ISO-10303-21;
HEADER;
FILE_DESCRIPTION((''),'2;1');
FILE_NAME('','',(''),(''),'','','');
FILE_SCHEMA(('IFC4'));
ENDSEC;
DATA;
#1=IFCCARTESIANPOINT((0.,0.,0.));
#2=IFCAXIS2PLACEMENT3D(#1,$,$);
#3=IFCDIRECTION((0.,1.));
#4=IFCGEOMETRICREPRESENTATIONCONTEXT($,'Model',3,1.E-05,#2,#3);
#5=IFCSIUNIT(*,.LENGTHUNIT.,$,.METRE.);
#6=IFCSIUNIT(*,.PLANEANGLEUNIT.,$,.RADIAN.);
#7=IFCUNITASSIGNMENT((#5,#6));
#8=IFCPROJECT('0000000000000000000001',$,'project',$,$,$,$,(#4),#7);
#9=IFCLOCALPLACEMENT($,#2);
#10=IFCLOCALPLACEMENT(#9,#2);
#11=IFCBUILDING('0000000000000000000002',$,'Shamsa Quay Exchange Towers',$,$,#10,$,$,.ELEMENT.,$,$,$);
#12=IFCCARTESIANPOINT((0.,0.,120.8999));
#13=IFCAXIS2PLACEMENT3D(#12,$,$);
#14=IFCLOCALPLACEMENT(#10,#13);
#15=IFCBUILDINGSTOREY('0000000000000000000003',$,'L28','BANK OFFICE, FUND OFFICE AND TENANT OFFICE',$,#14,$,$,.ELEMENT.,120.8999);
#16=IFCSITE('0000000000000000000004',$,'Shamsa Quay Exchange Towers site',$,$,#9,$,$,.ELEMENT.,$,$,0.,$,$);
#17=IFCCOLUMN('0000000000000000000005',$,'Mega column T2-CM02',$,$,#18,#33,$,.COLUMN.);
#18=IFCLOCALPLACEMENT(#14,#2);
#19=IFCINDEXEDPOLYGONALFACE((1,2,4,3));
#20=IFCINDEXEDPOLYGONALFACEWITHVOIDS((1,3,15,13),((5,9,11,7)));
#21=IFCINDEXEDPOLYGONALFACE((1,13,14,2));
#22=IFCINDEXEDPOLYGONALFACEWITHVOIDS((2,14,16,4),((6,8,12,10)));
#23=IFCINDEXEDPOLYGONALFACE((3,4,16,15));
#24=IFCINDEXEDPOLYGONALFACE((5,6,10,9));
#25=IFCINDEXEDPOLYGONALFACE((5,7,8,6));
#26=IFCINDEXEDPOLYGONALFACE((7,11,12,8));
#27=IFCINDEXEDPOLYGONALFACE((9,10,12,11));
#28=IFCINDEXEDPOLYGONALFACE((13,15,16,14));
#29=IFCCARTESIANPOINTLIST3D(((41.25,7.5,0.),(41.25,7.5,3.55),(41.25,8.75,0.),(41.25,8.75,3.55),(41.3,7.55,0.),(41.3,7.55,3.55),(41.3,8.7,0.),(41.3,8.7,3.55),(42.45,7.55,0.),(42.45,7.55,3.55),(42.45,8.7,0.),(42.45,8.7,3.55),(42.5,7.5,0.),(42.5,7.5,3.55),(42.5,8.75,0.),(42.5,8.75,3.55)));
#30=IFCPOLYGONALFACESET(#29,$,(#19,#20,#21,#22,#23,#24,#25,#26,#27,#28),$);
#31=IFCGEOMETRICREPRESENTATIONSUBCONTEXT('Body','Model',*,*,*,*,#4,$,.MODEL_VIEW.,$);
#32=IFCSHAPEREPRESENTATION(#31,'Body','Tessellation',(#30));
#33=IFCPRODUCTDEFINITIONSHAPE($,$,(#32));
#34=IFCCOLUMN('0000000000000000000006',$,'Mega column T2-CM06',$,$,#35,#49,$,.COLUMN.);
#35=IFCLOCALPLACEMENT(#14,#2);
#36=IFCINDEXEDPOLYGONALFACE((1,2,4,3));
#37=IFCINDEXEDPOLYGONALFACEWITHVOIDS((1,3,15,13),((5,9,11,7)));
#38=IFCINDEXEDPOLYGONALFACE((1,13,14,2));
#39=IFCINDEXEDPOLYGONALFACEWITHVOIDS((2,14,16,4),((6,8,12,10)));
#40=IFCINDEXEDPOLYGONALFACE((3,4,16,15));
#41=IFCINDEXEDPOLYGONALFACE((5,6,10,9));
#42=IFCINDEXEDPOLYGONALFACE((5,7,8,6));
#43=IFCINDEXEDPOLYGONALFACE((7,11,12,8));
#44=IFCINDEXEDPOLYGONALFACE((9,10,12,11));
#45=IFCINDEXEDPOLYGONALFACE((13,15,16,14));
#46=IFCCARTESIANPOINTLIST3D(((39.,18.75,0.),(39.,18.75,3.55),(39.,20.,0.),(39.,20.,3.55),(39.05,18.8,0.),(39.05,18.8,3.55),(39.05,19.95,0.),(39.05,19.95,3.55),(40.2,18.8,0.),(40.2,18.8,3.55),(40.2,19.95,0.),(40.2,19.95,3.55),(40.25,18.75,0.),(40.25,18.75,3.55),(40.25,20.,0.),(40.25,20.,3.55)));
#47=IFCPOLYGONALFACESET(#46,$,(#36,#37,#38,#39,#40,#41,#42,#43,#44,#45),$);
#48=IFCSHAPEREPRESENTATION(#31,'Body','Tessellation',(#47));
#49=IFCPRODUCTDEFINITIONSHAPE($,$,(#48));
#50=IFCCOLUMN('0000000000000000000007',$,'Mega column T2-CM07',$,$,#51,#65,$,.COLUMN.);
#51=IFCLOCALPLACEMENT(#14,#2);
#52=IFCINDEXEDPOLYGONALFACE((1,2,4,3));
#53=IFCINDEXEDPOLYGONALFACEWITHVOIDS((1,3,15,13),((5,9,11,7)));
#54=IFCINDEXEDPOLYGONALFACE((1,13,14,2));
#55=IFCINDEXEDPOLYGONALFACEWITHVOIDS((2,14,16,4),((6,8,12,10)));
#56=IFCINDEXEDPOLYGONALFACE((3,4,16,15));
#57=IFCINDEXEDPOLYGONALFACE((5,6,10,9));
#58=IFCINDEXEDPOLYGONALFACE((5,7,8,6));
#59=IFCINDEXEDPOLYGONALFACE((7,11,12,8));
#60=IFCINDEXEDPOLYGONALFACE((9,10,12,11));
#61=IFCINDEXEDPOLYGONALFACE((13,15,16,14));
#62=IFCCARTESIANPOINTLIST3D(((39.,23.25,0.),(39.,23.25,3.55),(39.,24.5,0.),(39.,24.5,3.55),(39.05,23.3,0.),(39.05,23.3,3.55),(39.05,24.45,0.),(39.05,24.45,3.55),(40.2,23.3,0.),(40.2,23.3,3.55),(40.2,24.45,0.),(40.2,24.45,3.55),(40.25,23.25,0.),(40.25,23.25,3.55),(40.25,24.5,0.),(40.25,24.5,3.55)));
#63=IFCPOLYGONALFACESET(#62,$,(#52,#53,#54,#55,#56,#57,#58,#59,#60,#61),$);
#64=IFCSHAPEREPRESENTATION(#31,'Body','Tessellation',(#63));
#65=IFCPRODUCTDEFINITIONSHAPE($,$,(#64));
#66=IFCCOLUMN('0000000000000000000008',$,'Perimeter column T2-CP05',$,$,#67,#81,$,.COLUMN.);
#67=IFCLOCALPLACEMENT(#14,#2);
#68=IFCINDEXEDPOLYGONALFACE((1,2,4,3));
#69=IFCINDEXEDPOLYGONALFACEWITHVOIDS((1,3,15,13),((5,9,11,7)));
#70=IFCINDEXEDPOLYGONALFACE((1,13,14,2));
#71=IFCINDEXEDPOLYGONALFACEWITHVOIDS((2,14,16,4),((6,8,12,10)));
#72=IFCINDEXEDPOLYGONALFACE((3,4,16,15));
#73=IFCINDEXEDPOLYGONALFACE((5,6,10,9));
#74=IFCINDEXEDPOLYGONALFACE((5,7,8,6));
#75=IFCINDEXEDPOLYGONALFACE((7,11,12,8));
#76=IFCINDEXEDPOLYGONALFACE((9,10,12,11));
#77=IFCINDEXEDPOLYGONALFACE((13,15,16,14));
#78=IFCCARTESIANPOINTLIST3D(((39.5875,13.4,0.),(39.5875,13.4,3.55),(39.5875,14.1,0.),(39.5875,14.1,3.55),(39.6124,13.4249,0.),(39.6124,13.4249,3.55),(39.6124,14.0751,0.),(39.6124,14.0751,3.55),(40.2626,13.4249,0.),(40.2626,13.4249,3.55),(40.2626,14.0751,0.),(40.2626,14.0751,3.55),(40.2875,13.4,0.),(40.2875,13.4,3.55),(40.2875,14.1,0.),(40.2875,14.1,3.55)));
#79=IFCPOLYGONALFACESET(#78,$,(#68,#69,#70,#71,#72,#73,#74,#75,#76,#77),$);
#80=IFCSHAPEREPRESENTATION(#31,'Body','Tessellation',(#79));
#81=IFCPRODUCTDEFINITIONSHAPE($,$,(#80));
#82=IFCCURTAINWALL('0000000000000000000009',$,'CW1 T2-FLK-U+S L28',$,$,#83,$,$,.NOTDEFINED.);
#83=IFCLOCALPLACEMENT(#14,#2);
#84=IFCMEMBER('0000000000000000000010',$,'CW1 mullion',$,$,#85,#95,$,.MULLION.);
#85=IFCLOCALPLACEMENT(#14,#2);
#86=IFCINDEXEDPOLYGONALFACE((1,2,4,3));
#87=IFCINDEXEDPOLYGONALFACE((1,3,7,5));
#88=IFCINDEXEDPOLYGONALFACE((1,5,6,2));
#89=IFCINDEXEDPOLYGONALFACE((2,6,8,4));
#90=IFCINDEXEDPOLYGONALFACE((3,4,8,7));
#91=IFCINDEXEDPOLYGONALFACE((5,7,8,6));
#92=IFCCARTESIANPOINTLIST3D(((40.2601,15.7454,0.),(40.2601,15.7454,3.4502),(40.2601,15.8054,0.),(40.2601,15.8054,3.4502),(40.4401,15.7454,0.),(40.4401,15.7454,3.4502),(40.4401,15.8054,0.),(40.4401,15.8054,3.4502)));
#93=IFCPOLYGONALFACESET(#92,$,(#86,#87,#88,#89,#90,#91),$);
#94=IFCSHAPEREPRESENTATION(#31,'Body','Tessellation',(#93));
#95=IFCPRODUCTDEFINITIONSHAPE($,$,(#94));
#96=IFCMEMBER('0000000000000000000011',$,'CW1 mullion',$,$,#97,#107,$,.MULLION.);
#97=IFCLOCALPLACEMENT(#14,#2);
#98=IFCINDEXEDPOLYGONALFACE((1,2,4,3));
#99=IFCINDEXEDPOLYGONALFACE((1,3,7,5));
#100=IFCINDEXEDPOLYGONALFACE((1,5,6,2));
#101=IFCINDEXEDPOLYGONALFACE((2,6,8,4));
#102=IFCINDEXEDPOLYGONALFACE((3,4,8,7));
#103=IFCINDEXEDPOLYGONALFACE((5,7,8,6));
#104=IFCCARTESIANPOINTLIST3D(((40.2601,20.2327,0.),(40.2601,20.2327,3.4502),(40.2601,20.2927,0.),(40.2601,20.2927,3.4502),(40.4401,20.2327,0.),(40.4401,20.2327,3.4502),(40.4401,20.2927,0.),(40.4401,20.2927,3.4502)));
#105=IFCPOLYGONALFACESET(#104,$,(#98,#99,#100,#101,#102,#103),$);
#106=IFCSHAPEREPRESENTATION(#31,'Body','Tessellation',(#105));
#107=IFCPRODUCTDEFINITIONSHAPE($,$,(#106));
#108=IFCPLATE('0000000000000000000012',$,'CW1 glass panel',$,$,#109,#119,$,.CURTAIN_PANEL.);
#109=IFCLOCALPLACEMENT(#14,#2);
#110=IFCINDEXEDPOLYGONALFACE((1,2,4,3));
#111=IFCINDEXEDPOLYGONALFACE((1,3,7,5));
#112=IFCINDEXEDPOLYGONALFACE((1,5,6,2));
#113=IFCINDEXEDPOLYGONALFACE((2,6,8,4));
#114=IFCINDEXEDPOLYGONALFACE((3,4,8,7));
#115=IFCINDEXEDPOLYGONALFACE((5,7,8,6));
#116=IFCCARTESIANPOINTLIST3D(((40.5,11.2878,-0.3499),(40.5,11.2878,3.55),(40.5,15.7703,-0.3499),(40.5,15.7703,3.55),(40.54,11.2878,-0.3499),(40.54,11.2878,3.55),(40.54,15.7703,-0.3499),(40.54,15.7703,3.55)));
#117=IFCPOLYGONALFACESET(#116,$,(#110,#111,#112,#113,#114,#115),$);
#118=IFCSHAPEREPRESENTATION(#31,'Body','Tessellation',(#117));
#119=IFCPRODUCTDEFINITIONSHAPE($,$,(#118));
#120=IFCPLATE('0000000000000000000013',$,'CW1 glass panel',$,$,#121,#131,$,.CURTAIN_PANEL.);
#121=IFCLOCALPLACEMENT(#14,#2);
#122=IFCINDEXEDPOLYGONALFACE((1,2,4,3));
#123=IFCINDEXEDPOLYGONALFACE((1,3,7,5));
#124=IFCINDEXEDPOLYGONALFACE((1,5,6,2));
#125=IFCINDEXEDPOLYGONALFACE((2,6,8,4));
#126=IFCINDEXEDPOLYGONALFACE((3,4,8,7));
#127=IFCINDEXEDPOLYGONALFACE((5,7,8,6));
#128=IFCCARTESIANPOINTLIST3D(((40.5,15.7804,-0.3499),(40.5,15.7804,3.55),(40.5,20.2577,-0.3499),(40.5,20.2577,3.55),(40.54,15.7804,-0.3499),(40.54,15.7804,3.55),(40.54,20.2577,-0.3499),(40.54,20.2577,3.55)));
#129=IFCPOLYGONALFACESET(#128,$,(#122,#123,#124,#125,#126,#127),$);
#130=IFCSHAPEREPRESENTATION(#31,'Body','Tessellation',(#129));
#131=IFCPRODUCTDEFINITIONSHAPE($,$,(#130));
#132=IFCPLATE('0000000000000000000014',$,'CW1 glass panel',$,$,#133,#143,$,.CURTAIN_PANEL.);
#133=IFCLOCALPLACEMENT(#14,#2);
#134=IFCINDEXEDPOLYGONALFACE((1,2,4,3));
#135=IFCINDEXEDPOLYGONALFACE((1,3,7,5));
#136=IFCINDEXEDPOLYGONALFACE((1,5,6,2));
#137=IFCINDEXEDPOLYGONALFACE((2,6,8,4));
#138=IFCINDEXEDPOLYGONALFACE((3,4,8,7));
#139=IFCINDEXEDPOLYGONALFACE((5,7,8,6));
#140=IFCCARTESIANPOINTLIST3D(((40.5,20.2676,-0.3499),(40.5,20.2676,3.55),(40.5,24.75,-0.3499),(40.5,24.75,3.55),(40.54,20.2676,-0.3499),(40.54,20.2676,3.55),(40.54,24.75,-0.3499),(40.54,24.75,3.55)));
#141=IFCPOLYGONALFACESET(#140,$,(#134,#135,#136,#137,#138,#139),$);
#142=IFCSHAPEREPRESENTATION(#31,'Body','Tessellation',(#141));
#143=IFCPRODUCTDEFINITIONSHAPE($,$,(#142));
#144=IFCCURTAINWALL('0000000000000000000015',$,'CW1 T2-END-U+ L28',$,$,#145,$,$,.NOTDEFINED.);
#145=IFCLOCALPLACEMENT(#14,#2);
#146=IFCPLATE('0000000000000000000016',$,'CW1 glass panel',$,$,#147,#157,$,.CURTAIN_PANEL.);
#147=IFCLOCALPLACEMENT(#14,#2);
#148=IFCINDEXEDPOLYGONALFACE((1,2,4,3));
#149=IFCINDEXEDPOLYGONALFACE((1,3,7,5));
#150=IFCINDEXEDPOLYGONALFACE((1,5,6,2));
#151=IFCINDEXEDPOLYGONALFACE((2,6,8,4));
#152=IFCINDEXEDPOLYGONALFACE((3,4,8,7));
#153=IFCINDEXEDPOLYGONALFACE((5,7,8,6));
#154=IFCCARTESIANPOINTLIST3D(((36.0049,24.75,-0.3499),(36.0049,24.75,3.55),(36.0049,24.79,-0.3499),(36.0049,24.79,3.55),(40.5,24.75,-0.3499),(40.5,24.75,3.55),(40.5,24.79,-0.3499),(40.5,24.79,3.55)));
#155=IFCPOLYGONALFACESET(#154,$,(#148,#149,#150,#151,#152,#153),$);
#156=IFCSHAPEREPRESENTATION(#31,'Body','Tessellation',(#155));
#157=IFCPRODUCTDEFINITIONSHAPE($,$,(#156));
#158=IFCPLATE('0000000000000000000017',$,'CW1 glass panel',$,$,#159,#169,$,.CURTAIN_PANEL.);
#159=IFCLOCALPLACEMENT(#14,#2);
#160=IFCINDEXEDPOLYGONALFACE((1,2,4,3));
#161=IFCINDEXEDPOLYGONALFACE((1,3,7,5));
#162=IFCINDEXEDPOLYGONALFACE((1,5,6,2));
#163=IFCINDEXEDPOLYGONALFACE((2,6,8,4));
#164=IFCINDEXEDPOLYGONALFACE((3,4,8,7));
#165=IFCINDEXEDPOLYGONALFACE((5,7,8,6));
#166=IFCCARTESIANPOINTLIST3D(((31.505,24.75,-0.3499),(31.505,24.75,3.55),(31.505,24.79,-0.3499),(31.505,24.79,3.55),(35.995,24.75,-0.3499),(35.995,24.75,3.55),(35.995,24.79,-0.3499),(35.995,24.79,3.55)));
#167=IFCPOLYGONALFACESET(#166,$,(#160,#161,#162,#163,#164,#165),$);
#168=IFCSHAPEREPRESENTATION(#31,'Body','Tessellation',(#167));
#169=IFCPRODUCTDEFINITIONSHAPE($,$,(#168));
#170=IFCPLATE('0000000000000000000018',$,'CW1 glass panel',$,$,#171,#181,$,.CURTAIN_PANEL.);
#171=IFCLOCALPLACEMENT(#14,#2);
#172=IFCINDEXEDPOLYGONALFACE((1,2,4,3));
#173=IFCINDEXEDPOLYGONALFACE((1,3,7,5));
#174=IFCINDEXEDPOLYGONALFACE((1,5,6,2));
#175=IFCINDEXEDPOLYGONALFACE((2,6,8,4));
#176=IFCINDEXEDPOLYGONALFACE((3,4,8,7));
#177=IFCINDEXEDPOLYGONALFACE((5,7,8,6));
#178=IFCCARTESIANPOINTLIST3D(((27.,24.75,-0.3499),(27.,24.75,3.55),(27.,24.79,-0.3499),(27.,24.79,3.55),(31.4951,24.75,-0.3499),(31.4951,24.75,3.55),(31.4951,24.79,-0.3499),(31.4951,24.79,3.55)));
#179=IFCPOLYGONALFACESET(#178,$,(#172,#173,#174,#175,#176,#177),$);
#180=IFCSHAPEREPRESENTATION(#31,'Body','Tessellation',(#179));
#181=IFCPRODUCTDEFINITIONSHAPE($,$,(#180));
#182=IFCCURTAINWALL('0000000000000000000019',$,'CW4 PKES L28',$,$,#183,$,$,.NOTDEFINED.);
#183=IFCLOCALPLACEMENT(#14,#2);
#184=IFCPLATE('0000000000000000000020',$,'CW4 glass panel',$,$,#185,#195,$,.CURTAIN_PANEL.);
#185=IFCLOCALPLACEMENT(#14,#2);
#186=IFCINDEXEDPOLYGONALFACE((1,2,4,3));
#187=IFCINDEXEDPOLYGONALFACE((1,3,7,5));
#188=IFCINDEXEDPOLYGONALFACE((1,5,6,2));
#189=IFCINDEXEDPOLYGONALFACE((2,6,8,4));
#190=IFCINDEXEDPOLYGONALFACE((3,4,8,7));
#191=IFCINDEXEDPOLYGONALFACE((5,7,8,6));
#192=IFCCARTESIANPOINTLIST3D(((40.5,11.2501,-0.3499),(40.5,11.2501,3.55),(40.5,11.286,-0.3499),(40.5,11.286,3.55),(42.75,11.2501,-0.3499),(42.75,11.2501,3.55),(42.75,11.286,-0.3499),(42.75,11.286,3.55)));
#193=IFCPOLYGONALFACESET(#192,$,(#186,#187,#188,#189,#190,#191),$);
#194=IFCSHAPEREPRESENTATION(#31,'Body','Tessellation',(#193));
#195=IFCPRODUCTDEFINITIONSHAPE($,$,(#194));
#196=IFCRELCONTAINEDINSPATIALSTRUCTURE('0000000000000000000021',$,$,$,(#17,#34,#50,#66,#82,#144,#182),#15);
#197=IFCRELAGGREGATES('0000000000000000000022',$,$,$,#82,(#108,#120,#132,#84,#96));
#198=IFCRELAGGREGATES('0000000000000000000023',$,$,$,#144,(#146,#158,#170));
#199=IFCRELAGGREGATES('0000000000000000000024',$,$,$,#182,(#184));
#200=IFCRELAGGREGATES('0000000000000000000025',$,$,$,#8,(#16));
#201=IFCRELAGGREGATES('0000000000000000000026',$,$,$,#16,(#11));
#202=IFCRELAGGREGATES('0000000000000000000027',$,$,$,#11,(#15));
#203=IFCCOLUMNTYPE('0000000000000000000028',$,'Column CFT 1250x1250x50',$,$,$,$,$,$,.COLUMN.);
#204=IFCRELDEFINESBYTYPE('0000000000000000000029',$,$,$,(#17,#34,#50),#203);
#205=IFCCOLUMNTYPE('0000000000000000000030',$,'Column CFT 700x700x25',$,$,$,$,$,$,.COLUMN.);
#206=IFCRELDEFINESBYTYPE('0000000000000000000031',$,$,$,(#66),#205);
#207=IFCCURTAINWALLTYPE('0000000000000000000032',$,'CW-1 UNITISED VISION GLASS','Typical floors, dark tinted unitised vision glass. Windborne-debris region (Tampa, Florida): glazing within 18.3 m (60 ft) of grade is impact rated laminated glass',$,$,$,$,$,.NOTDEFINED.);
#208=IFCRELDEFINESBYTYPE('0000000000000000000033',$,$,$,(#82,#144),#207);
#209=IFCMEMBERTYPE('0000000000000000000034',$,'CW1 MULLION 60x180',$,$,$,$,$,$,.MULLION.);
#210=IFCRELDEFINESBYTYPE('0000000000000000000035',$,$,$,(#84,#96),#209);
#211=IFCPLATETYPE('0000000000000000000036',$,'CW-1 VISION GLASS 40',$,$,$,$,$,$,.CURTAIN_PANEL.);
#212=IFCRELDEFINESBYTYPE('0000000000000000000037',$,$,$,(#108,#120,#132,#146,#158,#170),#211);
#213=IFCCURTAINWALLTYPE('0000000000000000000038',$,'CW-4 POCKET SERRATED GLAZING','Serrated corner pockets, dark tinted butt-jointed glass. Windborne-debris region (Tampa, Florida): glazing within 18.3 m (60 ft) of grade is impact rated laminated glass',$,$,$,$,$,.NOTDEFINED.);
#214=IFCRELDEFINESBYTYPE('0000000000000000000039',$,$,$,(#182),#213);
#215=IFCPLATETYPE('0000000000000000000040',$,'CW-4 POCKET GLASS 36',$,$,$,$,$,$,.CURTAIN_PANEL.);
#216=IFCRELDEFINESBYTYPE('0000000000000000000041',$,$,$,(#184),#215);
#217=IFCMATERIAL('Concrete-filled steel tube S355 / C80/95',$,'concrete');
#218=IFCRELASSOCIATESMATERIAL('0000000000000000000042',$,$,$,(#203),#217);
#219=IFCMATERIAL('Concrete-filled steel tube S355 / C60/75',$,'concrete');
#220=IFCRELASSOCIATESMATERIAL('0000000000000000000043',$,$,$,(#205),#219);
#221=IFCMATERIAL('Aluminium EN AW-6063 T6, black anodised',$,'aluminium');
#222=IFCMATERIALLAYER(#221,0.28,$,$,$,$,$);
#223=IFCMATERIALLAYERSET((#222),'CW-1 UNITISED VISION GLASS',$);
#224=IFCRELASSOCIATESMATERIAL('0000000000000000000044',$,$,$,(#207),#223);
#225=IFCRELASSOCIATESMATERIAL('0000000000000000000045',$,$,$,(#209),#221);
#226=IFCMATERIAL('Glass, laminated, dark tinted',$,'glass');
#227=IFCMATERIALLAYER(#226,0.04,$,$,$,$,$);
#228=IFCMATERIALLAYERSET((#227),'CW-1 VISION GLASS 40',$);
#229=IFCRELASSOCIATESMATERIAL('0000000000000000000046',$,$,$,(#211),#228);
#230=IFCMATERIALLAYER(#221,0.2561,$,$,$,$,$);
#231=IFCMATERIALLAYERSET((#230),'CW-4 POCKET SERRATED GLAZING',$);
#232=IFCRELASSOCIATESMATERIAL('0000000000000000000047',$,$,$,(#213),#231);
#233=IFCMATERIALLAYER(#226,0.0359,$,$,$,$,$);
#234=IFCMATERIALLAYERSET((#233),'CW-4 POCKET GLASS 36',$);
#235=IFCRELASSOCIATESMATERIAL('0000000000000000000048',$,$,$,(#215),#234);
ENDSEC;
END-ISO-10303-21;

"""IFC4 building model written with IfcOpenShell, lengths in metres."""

from ifc_helpers import new_model, si_unit, direction, frame, origin, origin_2d, place, context, subcontext, project, spatial, rectangle, hollow_rectangle, extrude, material, layer, layer_set, material_profile, profile_set, type_object, element, aggregate, save


model = new_model("IFC4")

# Units and contexts
model_context = context("Model", 3, precision=1e-05, world=origin(), true_north=direction((0.0, 1.0)))
body_context = subcontext(model_context, "Body", "Model", "MODEL_VIEW")
ifc_project = project(units=[si_unit("LENGTHUNIT", "METRE"), si_unit("PLANEANGLEUNIT", "RADIAN")], contexts=[model_context])

# Site, building, storey
site_placement = place(None, origin())
site = spatial("IfcSite", under=ifc_project, at=site_placement, Name="Shamsa Quay Exchange Towers site", CompositionType="ELEMENT", RefElevation=0.0)
building_placement = place(site_placement, origin())
building = spatial("IfcBuilding", under=site, at=building_placement, Name="Shamsa Quay Exchange Towers", CompositionType="ELEMENT")
storey_placement = place(building_placement, frame((0.0, 0.0, 120.8999)))
storey = spatial("IfcBuildingStorey", under=building, at=storey_placement, Name="L28", Description="BANK OFFICE, FUND OFFICE AND TENANT OFFICE", CompositionType="ELEMENT", Elevation=120.8999)

# Columns
ifc_material_1 = material(Name="Concrete-filled steel tube S355 / C80/95", Category="concrete")
ifc_material_profile_1 = material_profile(ifc_material_1, hollow_rectangle(XDim=1.25, YDim=1.25, WallThickness=0.05, at=origin_2d()), Name="CFT 1250x1250x50")
ifc_profile_set_1 = profile_set([ifc_material_profile_1], Name="Concrete-filled steel tube S355 / C80/95")
column_type_1 = type_object("IfcColumnType", Name="Column CFT 1250x1250x50", PredefinedType="COLUMN", material=ifc_profile_set_1)
for number, where, name in (
    (1, (41.875, 8.125, 0.0), "Mega column T2-CM02"),
    (2, (39.625, 19.375, 0.0), "Mega column T2-CM06"),
    (3, (39.625, 23.875, 0.0), "Mega column T2-CM07"),
):
    element("IfcColumn", number, at=place(storey_placement, frame(where)), inside=storey, type_object=column_type_1, Name=name, PredefinedType="COLUMN", context=body_context, shape_type="SweptSolid", body=[
        extrude(hollow_rectangle(XDim=1.25, YDim=1.25, WallThickness=0.05, at=origin_2d()), origin(), (0.0, 0.0, 1.0), 3.55),
    ])
ifc_material_2 = material(Name="Concrete-filled steel tube S355 / C60/75", Category="concrete")
ifc_material_profile_2 = material_profile(ifc_material_2, hollow_rectangle(XDim=0.7, YDim=0.7, WallThickness=0.0249, at=origin_2d()), Name="CFT 700x700x25")
ifc_profile_set_2 = profile_set([ifc_material_profile_2], Name="Concrete-filled steel tube S355 / C60/75")
column_type_2 = type_object("IfcColumnType", Name="Column CFT 700x700x25", PredefinedType="COLUMN", material=ifc_profile_set_2)
column_placement = place(storey_placement, frame((39.9375, 13.75, 0.0)))
element("IfcColumn", 4, at=column_placement, inside=storey, type_object=column_type_2, Name="Perimeter column T2-CP05", PredefinedType="COLUMN", context=body_context, shape_type="SweptSolid", body=[
    extrude(hollow_rectangle(XDim=0.7, YDim=0.7, WallThickness=0.0249, at=origin_2d()), origin(), (0.0, 0.0, 1.0), 3.55),
])

# Curtain wall, members, plates
ifc_material_3 = material(Name="Aluminium EN AW-6063 T6, black anodised", Category="aluminium")
ifc_layer_1 = layer(ifc_material_3, 0.28)
ifc_layer_set_1 = layer_set([ifc_layer_1], Name="CW-1 UNITISED VISION GLASS")
curtain_wall_type_1 = type_object("IfcCurtainWallType", Name="CW-1 UNITISED VISION GLASS", Description="Typical floors, dark tinted unitised vision glass. Windborne-debris region (Tampa, Florida): glazing within 18.3 m (60 ft) of grade is impact rated laminated glass", PredefinedType="NOTDEFINED", material=ifc_layer_set_1)
curtain_wall_1_placement = place(storey_placement, origin())
curtain_wall_1 = element("IfcCurtainWall", 5, at=curtain_wall_1_placement, inside=storey, type_object=curtain_wall_type_1, Name="CW1 T2-FLK-U+S L28", PredefinedType="NOTDEFINED")
ifc_material_profile_3 = material_profile(ifc_material_3, rectangle(XDim=0.1799, YDim=0.0601, at=origin_2d()), Name="MU60x180")
ifc_profile_set_3 = profile_set([ifc_material_profile_3], Name="Aluminium EN AW-6063 T6, black anodised")
member_type = type_object("IfcMemberType", Name="CW1 MULLION 60x180", PredefinedType="MULLION", material=ifc_profile_set_3)
member_1_placement = place(storey_placement, frame((40.3501, 15.7754, 0.0), z_axis=(0.0, 0.0, 1.0), x_axis=(-1.0, 0.0, 0.0)))
member_1 = element("IfcMember", 6, at=member_1_placement, type_object=member_type, Name="CW1 mullion", PredefinedType="MULLION", context=body_context, shape_type="SweptSolid", body=[
    extrude(rectangle(XDim=0.1799, YDim=0.0601, at=origin_2d()), origin(), (0.0, 0.0, 1.0), 3.4502),
])
member_2_placement = place(storey_placement, frame((40.3501, 20.2627, 0.0), z_axis=(0.0, 0.0, 1.0), x_axis=(-1.0, 0.0, 0.0)))
member_2 = element("IfcMember", 7, at=member_2_placement, type_object=member_type, Name="CW1 mullion", PredefinedType="MULLION", context=body_context, shape_type="SweptSolid", body=[
    extrude(rectangle(XDim=0.1799, YDim=0.0601, at=origin_2d()), origin(), (0.0, 0.0, 1.0), 3.4502),
])
ifc_material_4 = material(Name="Glass, laminated, dark tinted", Category="glass")
ifc_layer_2 = layer(ifc_material_4, 0.04)
ifc_layer_set_2 = layer_set([ifc_layer_2], Name="CW-1 VISION GLASS 40")
plate_type_1 = type_object("IfcPlateType", Name="CW-1 VISION GLASS 40", PredefinedType="CURTAIN_PANEL", material=ifc_layer_set_2)
plate_1_placement = place(storey_placement, frame((40.52, 13.5291, -0.3499), z_axis=(0.0, 0.0, 1.0), x_axis=(0.0, 1.0, 0.0)))
plate_1 = element("IfcPlate", 8, at=plate_1_placement, type_object=plate_type_1, Name="CW1 glass panel", PredefinedType="CURTAIN_PANEL", context=body_context, shape_type="SweptSolid", body=[
    extrude(rectangle(XDim=4.4824, YDim=0.04, at=origin_2d()), origin(), (0.0, 0.0, 1.0), 3.8999),
])
plate_2_placement = place(storey_placement, frame((40.52, 18.019, -0.3499), z_axis=(0.0, 0.0, 1.0), x_axis=(0.0, 1.0, 0.0)))
plate_2 = element("IfcPlate", 9, at=plate_2_placement, type_object=plate_type_1, Name="CW1 glass panel", PredefinedType="CURTAIN_PANEL", context=body_context, shape_type="SweptSolid", body=[
    extrude(rectangle(XDim=4.4773, YDim=0.04, at=origin_2d()), origin(), (0.0, 0.0, 1.0), 3.8999),
])
plate_3_placement = place(storey_placement, frame((40.52, 22.5088, -0.3499), z_axis=(0.0, 0.0, 1.0), x_axis=(0.0, 1.0, 0.0)))
plate_3 = element("IfcPlate", 10, at=plate_3_placement, type_object=plate_type_1, Name="CW1 glass panel", PredefinedType="CURTAIN_PANEL", context=body_context, shape_type="SweptSolid", body=[
    extrude(rectangle(XDim=4.4824, YDim=0.04, at=origin_2d()), origin(), (0.0, 0.0, 1.0), 3.8999),
])
aggregate(curtain_wall_1, [plate_1, plate_2, plate_3, member_1, member_2])

# Curtain wall, plates
curtain_wall_2_placement = place(storey_placement, origin())
curtain_wall_2 = element("IfcCurtainWall", 11, at=curtain_wall_2_placement, inside=storey, type_object=curtain_wall_type_1, Name="CW1 T2-END-U+ L28", PredefinedType="NOTDEFINED")
plate_4_placement = place(storey_placement, frame((38.2524, 24.77, -0.3499), z_axis=(0.0, 0.0, 1.0), x_axis=(-1.0, 0.0, 0.0)))
plate_4 = element("IfcPlate", 12, at=plate_4_placement, type_object=plate_type_1, Name="CW1 glass panel", PredefinedType="CURTAIN_PANEL", context=body_context, shape_type="SweptSolid", body=[
    extrude(rectangle(XDim=4.4951, YDim=0.04, at=origin_2d()), origin(), (0.0, 0.0, 1.0), 3.8999),
])
plate_5_placement = place(storey_placement, frame((33.75, 24.77, -0.3499), z_axis=(0.0, 0.0, 1.0), x_axis=(-1.0, 0.0, 0.0)))
plate_5 = element("IfcPlate", 13, at=plate_5_placement, type_object=plate_type_1, Name="CW1 glass panel", PredefinedType="CURTAIN_PANEL", context=body_context, shape_type="SweptSolid", body=[
    extrude(rectangle(XDim=4.49, YDim=0.04, at=origin_2d()), origin(), (0.0, 0.0, 1.0), 3.8999),
])
plate_6_placement = place(storey_placement, frame((29.2476, 24.77, -0.3499), z_axis=(0.0, 0.0, 1.0), x_axis=(-1.0, 0.0, 0.0)))
plate_6 = element("IfcPlate", 14, at=plate_6_placement, type_object=plate_type_1, Name="CW1 glass panel", PredefinedType="CURTAIN_PANEL", context=body_context, shape_type="SweptSolid", body=[
    extrude(rectangle(XDim=4.4951, YDim=0.04, at=origin_2d()), origin(), (0.0, 0.0, 1.0), 3.8999),
])
aggregate(curtain_wall_2, [plate_4, plate_5, plate_6])

# Curtain wall, plate
ifc_layer_3 = layer(ifc_material_3, 0.2561)
ifc_layer_set_3 = layer_set([ifc_layer_3], Name="CW-4 POCKET SERRATED GLAZING")
curtain_wall_type_2 = type_object("IfcCurtainWallType", Name="CW-4 POCKET SERRATED GLAZING", Description="Serrated corner pockets, dark tinted butt-jointed glass. Windborne-debris region (Tampa, Florida): glazing within 18.3 m (60 ft) of grade is impact rated laminated glass", PredefinedType="NOTDEFINED", material=ifc_layer_set_3)
curtain_wall_3_placement = place(storey_placement, origin())
curtain_wall_3 = element("IfcCurtainWall", 15, at=curtain_wall_3_placement, inside=storey, type_object=curtain_wall_type_2, Name="CW4 PKES L28", PredefinedType="NOTDEFINED")
ifc_layer_4 = layer(ifc_material_4, 0.0359)
ifc_layer_set_4 = layer_set([ifc_layer_4], Name="CW-4 POCKET GLASS 36")
plate_type_2 = type_object("IfcPlateType", Name="CW-4 POCKET GLASS 36", PredefinedType="CURTAIN_PANEL", material=ifc_layer_set_4)
plate_7_placement = place(storey_placement, frame((41.625, 11.2681, -0.3499), z_axis=(0.0, 0.0, 1.0), x_axis=(-1.0, 0.0, 0.0)))
plate_7 = element("IfcPlate", 16, at=plate_7_placement, type_object=plate_type_2, Name="CW4 glass panel", PredefinedType="CURTAIN_PANEL", context=body_context, shape_type="SweptSolid", body=[
    extrude(rectangle(XDim=2.25, YDim=0.0359, at=origin_2d()), origin(), (0.0, 0.0, 1.0), 3.8999),
])
aggregate(curtain_wall_3, [plate_7])

save(model, "model.ifc")
